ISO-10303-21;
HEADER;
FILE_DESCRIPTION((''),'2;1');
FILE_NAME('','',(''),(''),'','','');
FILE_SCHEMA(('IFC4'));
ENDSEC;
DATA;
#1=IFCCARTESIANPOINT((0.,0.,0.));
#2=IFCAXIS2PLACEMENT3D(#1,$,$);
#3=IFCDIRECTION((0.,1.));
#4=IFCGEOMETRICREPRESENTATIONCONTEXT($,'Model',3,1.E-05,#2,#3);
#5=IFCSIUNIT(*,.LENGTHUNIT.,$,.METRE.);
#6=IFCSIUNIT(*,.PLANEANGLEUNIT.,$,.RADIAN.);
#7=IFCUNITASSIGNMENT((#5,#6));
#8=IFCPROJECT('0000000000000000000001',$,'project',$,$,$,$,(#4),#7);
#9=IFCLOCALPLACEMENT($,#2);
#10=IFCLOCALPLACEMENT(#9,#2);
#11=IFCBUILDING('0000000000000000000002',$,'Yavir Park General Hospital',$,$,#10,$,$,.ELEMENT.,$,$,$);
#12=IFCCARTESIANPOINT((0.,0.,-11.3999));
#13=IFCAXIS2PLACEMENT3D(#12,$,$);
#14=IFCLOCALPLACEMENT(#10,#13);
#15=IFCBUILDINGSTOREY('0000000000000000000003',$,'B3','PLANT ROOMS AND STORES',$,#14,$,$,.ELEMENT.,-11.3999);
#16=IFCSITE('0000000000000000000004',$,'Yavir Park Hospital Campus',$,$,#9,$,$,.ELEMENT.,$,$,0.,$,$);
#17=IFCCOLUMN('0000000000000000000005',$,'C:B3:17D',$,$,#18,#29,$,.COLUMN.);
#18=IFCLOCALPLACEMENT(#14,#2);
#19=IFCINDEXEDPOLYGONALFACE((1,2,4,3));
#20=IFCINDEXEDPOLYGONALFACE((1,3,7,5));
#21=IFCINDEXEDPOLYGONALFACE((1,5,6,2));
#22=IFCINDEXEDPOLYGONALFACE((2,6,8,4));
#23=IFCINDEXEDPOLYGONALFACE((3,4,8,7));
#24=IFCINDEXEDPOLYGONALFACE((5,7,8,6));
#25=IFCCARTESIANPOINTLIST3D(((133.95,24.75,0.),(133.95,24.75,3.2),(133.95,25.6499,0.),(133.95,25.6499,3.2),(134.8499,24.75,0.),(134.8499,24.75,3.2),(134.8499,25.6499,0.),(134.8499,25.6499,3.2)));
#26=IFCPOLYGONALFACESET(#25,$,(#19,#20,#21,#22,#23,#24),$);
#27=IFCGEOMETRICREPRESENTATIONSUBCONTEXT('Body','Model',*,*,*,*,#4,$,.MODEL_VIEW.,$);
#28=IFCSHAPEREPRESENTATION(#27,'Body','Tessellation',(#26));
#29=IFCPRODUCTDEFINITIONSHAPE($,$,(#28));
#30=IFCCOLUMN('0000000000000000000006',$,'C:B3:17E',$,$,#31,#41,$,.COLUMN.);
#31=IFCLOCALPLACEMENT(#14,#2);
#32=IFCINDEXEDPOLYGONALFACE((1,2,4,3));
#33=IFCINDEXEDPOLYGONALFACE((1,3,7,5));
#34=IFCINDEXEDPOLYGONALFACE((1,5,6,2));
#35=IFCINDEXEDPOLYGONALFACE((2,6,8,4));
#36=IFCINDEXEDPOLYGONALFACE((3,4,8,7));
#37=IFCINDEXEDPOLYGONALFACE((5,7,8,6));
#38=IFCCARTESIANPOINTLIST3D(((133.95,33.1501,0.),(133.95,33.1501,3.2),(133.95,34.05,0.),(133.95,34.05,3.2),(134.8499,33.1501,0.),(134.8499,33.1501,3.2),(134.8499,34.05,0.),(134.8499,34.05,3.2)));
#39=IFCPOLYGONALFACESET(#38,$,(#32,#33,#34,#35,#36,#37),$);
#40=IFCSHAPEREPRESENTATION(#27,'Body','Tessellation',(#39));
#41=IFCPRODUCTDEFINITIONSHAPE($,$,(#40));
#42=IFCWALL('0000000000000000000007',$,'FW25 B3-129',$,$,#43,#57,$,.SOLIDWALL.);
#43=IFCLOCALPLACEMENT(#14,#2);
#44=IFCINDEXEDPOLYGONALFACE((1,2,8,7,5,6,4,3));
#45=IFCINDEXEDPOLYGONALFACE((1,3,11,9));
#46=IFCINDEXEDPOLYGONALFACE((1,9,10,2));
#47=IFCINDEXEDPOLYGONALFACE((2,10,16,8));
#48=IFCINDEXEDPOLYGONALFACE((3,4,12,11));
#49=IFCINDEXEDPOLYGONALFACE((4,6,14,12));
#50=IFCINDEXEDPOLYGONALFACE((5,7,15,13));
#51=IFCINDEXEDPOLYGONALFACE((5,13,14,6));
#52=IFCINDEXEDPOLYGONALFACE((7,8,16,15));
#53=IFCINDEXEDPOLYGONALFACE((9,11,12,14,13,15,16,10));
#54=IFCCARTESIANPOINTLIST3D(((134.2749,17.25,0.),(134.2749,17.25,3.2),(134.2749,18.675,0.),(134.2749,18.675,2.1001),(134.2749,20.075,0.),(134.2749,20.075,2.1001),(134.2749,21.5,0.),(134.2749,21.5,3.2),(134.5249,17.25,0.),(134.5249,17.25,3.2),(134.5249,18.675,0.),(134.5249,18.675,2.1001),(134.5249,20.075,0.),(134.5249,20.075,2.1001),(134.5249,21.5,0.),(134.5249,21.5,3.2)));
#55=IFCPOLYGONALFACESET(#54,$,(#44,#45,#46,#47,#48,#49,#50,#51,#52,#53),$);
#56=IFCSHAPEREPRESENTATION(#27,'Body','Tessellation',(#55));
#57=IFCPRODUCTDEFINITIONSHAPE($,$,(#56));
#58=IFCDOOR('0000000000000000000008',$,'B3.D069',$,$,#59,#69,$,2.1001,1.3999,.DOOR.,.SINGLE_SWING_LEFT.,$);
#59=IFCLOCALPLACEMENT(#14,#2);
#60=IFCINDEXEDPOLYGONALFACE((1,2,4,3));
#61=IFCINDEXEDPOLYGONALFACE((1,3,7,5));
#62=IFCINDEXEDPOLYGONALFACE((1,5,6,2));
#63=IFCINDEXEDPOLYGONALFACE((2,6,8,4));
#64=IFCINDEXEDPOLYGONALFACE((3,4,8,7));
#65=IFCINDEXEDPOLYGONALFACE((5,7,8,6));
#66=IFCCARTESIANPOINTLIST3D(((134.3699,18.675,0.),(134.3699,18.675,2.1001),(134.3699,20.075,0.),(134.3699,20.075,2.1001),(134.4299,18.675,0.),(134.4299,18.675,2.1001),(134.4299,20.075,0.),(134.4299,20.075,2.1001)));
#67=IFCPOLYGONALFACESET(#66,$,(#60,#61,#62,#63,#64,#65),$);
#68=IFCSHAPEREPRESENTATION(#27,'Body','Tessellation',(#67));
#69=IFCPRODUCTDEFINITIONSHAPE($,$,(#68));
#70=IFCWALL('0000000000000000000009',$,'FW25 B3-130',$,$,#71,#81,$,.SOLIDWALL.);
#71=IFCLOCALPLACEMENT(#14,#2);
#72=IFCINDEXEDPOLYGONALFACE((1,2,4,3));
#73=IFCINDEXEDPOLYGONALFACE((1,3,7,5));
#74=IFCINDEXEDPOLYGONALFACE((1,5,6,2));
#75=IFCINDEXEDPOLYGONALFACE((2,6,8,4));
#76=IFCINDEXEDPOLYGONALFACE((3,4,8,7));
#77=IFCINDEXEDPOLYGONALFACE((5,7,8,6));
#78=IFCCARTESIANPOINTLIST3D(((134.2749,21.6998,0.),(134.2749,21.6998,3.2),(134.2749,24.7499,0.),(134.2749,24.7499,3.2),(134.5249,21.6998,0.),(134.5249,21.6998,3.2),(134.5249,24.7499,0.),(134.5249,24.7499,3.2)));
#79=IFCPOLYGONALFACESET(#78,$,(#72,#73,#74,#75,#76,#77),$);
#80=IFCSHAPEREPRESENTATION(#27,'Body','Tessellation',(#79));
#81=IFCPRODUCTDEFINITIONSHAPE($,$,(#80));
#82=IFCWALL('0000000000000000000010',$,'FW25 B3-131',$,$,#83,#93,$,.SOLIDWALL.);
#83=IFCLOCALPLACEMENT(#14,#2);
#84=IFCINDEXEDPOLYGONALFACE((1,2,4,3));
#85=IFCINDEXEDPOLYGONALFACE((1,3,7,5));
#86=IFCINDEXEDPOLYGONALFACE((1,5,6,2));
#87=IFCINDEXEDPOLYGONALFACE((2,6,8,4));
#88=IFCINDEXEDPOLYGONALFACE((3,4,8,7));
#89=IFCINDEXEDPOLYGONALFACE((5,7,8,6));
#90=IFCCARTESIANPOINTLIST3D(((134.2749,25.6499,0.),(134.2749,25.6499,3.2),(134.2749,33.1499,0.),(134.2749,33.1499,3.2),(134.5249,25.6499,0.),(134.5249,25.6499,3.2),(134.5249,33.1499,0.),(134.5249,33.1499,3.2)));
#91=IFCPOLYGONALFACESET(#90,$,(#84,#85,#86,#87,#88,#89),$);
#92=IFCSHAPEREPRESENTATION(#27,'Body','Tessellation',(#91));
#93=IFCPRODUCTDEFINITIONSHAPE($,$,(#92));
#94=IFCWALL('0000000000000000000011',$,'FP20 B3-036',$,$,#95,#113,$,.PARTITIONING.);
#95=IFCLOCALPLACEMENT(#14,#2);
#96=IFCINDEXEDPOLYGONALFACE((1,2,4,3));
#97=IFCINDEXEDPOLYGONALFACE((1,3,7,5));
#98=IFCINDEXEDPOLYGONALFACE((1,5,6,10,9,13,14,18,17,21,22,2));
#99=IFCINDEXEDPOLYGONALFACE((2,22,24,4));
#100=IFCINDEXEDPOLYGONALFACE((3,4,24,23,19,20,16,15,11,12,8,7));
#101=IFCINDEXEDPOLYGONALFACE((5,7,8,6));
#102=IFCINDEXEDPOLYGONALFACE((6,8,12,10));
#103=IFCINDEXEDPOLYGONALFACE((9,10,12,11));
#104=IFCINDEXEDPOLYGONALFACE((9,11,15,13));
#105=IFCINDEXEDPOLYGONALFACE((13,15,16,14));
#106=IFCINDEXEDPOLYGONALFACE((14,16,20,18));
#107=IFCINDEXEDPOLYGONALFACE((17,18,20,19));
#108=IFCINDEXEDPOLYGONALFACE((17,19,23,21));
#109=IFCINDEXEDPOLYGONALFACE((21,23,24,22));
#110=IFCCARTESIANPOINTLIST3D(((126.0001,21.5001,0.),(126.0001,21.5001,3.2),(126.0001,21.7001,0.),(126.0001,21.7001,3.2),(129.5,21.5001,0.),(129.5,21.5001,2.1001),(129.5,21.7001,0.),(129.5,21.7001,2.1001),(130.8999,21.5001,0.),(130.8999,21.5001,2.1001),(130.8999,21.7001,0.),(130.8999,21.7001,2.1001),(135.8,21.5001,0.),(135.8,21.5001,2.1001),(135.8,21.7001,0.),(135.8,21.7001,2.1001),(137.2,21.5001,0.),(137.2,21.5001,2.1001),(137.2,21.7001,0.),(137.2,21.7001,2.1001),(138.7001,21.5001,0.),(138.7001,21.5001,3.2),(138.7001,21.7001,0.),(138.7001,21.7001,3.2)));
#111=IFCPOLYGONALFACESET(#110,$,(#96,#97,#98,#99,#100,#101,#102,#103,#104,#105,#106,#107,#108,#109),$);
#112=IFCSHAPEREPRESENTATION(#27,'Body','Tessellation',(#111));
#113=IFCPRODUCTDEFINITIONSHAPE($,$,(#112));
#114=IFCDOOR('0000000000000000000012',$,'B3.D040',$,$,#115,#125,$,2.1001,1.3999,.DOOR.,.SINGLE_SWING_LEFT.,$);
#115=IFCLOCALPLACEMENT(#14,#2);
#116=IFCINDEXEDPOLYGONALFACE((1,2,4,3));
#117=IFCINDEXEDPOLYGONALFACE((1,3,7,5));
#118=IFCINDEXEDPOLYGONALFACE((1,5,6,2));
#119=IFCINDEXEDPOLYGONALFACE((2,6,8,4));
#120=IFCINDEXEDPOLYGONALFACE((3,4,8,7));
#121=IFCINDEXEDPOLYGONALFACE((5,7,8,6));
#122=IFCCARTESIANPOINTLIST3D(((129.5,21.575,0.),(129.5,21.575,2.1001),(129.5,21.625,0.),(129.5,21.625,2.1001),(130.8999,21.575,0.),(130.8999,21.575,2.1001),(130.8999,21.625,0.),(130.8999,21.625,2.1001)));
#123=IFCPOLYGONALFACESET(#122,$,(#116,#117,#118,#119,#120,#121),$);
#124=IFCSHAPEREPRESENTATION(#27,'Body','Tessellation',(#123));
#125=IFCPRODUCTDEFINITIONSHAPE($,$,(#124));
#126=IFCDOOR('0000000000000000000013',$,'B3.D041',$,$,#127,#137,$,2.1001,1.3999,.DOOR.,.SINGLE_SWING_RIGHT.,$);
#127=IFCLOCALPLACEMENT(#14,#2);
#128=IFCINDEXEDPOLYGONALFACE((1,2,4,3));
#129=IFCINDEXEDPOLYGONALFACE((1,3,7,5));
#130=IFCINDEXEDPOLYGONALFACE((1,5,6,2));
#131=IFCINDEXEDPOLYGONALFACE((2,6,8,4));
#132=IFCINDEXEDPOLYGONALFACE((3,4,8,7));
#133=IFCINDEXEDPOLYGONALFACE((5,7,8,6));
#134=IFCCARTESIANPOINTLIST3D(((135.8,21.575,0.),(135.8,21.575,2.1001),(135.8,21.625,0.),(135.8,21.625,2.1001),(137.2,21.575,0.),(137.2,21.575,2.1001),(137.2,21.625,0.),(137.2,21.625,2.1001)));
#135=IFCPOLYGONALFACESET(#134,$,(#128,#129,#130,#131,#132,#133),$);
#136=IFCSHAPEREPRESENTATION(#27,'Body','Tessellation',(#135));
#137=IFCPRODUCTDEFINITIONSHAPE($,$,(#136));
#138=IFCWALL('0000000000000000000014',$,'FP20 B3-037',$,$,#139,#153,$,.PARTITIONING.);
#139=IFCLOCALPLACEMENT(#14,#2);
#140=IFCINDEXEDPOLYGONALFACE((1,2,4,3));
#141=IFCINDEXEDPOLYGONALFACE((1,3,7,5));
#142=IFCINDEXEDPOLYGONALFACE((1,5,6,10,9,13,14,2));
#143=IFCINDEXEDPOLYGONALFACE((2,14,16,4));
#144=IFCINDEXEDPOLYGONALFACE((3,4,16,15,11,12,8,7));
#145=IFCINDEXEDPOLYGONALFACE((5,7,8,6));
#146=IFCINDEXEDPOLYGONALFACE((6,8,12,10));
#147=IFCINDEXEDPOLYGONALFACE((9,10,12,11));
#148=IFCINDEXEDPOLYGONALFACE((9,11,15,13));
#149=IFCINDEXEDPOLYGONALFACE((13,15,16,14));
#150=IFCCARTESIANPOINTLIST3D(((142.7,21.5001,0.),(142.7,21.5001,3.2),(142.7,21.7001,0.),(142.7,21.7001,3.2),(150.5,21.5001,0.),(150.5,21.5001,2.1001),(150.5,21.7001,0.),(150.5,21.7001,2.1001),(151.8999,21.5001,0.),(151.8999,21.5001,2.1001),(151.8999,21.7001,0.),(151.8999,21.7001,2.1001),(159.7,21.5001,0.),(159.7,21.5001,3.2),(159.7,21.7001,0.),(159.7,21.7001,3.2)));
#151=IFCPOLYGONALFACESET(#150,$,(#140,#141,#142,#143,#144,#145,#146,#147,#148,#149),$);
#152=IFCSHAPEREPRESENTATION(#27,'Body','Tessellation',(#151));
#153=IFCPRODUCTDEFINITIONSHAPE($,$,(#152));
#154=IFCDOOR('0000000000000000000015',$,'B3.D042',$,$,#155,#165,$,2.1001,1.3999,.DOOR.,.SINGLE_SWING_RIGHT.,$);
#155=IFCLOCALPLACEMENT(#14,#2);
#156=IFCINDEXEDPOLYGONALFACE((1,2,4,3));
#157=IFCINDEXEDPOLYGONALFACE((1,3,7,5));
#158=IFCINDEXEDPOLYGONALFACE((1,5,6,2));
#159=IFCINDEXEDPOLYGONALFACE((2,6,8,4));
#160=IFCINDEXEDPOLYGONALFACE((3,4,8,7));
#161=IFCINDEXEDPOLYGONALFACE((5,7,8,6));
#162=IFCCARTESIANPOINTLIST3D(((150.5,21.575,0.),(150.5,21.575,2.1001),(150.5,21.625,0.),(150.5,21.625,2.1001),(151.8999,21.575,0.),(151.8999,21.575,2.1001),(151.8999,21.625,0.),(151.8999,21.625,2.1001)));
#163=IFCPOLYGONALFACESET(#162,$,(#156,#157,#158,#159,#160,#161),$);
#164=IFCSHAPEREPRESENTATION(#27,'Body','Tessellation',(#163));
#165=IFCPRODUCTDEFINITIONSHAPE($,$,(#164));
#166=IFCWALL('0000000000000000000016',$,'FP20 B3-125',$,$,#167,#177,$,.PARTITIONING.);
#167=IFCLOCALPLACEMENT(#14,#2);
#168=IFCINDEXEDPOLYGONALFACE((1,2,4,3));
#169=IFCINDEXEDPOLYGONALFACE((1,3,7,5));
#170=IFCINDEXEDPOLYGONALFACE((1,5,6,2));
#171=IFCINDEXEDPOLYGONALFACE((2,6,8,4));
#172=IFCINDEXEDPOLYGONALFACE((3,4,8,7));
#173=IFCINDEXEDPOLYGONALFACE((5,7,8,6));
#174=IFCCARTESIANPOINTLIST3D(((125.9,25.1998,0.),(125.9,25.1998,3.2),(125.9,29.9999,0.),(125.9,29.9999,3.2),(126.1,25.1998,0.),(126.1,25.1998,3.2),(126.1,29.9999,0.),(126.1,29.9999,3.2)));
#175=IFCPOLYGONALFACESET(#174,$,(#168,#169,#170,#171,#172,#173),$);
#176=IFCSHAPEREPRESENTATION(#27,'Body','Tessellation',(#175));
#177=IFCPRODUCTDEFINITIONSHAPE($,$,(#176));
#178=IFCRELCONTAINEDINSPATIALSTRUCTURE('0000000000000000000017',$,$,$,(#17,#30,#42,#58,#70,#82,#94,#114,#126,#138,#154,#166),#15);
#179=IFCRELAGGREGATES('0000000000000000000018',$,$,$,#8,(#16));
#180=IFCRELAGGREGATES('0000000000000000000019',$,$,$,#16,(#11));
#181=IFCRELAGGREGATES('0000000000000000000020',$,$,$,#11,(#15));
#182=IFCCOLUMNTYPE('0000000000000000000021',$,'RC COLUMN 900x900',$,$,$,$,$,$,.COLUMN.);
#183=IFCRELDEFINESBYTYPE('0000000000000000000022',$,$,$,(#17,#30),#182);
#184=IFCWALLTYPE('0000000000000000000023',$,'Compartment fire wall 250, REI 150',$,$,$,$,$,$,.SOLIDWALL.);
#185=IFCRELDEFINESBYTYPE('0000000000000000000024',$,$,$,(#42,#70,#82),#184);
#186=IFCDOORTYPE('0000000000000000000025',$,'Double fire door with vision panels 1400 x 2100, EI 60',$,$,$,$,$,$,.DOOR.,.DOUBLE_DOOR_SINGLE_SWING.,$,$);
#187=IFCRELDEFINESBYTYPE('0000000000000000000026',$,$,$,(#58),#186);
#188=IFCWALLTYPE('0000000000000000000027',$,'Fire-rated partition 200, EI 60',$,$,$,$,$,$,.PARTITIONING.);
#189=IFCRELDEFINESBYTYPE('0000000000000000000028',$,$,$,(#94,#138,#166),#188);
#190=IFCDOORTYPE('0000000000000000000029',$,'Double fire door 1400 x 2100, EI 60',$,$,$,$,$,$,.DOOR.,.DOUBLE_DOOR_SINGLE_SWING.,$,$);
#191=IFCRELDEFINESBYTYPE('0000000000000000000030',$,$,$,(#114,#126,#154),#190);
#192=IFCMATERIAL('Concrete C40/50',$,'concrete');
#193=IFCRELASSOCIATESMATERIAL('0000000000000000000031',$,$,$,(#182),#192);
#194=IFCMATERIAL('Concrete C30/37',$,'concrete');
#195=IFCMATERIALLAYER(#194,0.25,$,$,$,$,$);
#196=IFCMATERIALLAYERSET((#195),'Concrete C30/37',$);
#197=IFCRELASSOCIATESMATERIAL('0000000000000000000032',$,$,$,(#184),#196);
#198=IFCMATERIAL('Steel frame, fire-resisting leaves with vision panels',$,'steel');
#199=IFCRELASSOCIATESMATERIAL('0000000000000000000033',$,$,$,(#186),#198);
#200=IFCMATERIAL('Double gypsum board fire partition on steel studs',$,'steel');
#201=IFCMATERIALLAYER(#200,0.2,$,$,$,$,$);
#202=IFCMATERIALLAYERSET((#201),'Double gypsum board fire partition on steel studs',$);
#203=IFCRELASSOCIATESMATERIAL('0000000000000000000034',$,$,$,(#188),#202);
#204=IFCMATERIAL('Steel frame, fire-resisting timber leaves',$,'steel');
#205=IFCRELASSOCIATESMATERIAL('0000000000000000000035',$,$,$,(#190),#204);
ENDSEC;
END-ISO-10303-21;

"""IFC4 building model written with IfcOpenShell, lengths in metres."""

from ifc_helpers import new_model, si_unit, direction, frame, frame_2d, origin, origin_2d, place, context, subcontext, project, spatial, rectangle, extrude, material, layer, layer_set, material_profile, profile_set, type_object, element, fill, save


model = new_model("IFC4")

# Units and contexts
model_context = context("Model", 3, precision=1e-05, world=origin(), true_north=direction((0.0, 1.0)))
body_context = subcontext(model_context, "Body", "Model", "MODEL_VIEW")
ifc_project = project(units=[si_unit("LENGTHUNIT", "METRE"), si_unit("PLANEANGLEUNIT", "RADIAN")], contexts=[model_context])

# Site, building, storey
site_placement = place(None, origin())
site = spatial("IfcSite", under=ifc_project, at=site_placement, Name="Yavir Park Hospital Campus", CompositionType="ELEMENT", RefElevation=0.0)
building_placement = place(site_placement, origin())
building = spatial("IfcBuilding", under=site, at=building_placement, Name="Yavir Park General Hospital", CompositionType="ELEMENT")
storey_placement = place(building_placement, frame((0.0, 0.0, -11.3999)))
storey = spatial("IfcBuildingStorey", under=building, at=storey_placement, Name="B3", Description="PLANT ROOMS AND STORES", CompositionType="ELEMENT", Elevation=-11.3999)

# Columns
ifc_material_1 = material(Name="Concrete C40/50", Category="concrete")
ifc_material_profile = material_profile(ifc_material_1, rectangle(XDim=0.8999, YDim=0.8999, at=origin_2d()), Name="RC900x900")
ifc_profile_set = profile_set([ifc_material_profile], Name="Concrete C40/50")
column_type = type_object("IfcColumnType", Name="RC COLUMN 900x900", PredefinedType="COLUMN", material=ifc_profile_set)
for number, where, z_axis, x_axis, name in (
    (1, (134.3999, 25.2, 0.0), (0.0, 0.0, 1.0), (1.0, 0.0, 0.0), "C:B3:17D"),
    (2, (134.3999, 33.6001, 0.0), (0.0, 0.0, 1.0), (1.0, 0.0, 0.0), "C:B3:17E"),
):
    element("IfcColumn", number, at=place(storey_placement, frame(where, z_axis=z_axis, x_axis=x_axis)), inside=storey, type_object=column_type, Name=name, PredefinedType="COLUMN", context=body_context, shape_type="SweptSolid", body=[
        extrude(rectangle(XDim=0.8999, YDim=0.8999, at=origin_2d()), origin(), (0.0, 0.0, 1.0), 3.2),
    ])

# Wall, opening, door
ifc_material_2 = material(Name="Concrete C30/37", Category="concrete")
ifc_layer_1 = layer(ifc_material_2, 0.25)
ifc_layer_set_1 = layer_set([ifc_layer_1], Name="Concrete C30/37")
wall_type_1 = type_object("IfcWallType", Name="Compartment fire wall 250, REI 150", PredefinedType="SOLIDWALL", material=ifc_layer_set_1)
wall_1_placement = place(storey_placement, frame((134.3999, 17.25, 0.0), z_axis=(0.0, 0.0, 1.0), x_axis=(0.0, 1.0, 0.0)))
wall_1 = element("IfcWall", 3, at=wall_1_placement, inside=storey, type_object=wall_type_1, Name="FW25 B3-129", PredefinedType="SOLIDWALL", context=body_context, shape_type="SweptSolid", body=[
    extrude(rectangle(XDim=4.25, YDim=0.25, at=frame_2d((2.125, 0.0))), origin(), (0.0, 0.0, 1.0), 3.2),
])
opening_1_placement = place(wall_1_placement, frame((1.425, 0.0, 0.0)))
opening_1 = element("IfcOpeningElement", 4, at=opening_1_placement, cuts=wall_1, PredefinedType="OPENING", context=body_context, shape_type="SweptSolid", body=[
    extrude(rectangle(XDim=1.3999, YDim=2.1001, at=frame_2d((0.7, 1.05))), frame((0.0, 0.135, 0.0), z_axis=(0.0, -1.0, 0.0), x_axis=(1.0, 0.0, 0.0)), (0.0, 0.0, 1.0), 0.27),
])
ifc_material_3 = material(Name="Steel frame, fire-resisting leaves with vision panels", Category="steel")
door_type_1 = type_object("IfcDoorType", Name="Double fire door with vision panels 1400 x 2100, EI 60", OperationType="DOUBLE_DOOR_SINGLE_SWING", PredefinedType="DOOR", material=ifc_material_3)
door_1_placement = place(opening_1_placement, origin())
door_1 = element("IfcDoor", 5, at=door_1_placement, inside=storey, type_object=door_type_1, Name="B3.D069", OperationType="SINGLE_SWING_LEFT", OverallHeight=2.1001, OverallWidth=1.3999, PredefinedType="DOOR", context=body_context, shape_type="SweptSolid", body=[
    extrude(rectangle(XDim=1.3999, YDim=2.1001, at=frame_2d((0.7, 1.05))), frame((0.0, 0.03, 0.0), z_axis=(0.0, -1.0, 0.0), x_axis=(1.0, 0.0, 0.0)), (0.0, 0.0, 1.0), 0.0601),
])
fill(opening_1, door_1)

# Walls
wall_2_placement = place(storey_placement, frame((134.3999, 21.7, 0.0), z_axis=(0.0, 0.0, 1.0), x_axis=(0.0, 1.0, 0.0)))
element("IfcWall", 6, at=wall_2_placement, inside=storey, type_object=wall_type_1, Name="FW25 B3-130", PredefinedType="SOLIDWALL", context=body_context, shape_type="SweptSolid", body=[
    extrude(rectangle(XDim=3.05, YDim=0.25, at=frame_2d((1.5249, 0.0))), origin(), (0.0, 0.0, 1.0), 3.2),
])
wall_3_placement = place(storey_placement, frame((134.3999, 25.6499, 0.0), z_axis=(0.0, 0.0, 1.0), x_axis=(0.0, 1.0, 0.0)))
element("IfcWall", 7, at=wall_3_placement, inside=storey, type_object=wall_type_1, Name="FW25 B3-131", PredefinedType="SOLIDWALL", context=body_context, shape_type="SweptSolid", body=[
    extrude(rectangle(XDim=7.5, YDim=0.25, at=frame_2d((3.75, 0.0))), origin(), (0.0, 0.0, 1.0), 3.2),
])

# Wall, openings, doors
ifc_material_4 = material(Name="Double gypsum board fire partition on steel studs", Category="steel")
ifc_layer_2 = layer(ifc_material_4, 0.2)
ifc_layer_set_2 = layer_set([ifc_layer_2], Name="Double gypsum board fire partition on steel studs")
wall_type_2 = type_object("IfcWallType", Name="Fire-rated partition 200, EI 60", PredefinedType="PARTITIONING", material=ifc_layer_set_2)
wall_4_placement = place(storey_placement, frame((126.0, 21.6001, 0.0), z_axis=(0.0, 0.0, 1.0), x_axis=(1.0, 0.0, 0.0)))
wall_4 = element("IfcWall", 8, at=wall_4_placement, inside=storey, type_object=wall_type_2, Name="FP20 B3-036", PredefinedType="PARTITIONING", context=body_context, shape_type="SweptSolid", body=[
    extrude(rectangle(XDim=12.7, YDim=0.2, at=frame_2d((6.3501, 0.0))), origin(), (0.0, 0.0, 1.0), 3.2),
])
opening_2_placement = place(wall_4_placement, frame((3.5, 0.0, 0.0)))
opening_2 = element("IfcOpeningElement", 9, at=opening_2_placement, cuts=wall_4, PredefinedType="OPENING", context=body_context, shape_type="SweptSolid", body=[
    extrude(rectangle(XDim=1.3999, YDim=2.1001, at=frame_2d((0.7, 1.05))), frame((0.0, 0.1099, 0.0), z_axis=(0.0, -1.0, 0.0), x_axis=(1.0, 0.0, 0.0)), (0.0, 0.0, 1.0), 0.22),
])
opening_3_placement = place(wall_4_placement, frame((9.8, 0.0, 0.0)))
opening_3 = element("IfcOpeningElement", 10, at=opening_3_placement, cuts=wall_4, PredefinedType="OPENING", context=body_context, shape_type="SweptSolid", body=[
    extrude(rectangle(XDim=1.3999, YDim=2.1001, at=frame_2d((0.7, 1.05))), frame((0.0, 0.1099, 0.0), z_axis=(0.0, -1.0, 0.0), x_axis=(1.0, 0.0, 0.0)), (0.0, 0.0, 1.0), 0.22),
])
ifc_material_5 = material(Name="Steel frame, fire-resisting timber leaves", Category="steel")
door_type_2 = type_object("IfcDoorType", Name="Double fire door 1400 x 2100, EI 60", OperationType="DOUBLE_DOOR_SINGLE_SWING", PredefinedType="DOOR", material=ifc_material_5)
door_2_placement = place(opening_2_placement, origin())
door_2 = element("IfcDoor", 11, at=door_2_placement, inside=storey, type_object=door_type_2, Name="B3.D040", OperationType="SINGLE_SWING_LEFT", OverallHeight=2.1001, OverallWidth=1.3999, PredefinedType="DOOR", context=body_context, shape_type="SweptSolid", body=[
    extrude(rectangle(XDim=1.3999, YDim=2.1001, at=frame_2d((0.7, 1.05))), frame((0.0, 0.0249, 0.0), z_axis=(0.0, -1.0, 0.0), x_axis=(1.0, 0.0, 0.0)), (0.0, 0.0, 1.0), 0.05),
])
fill(opening_2, door_2)
door_3_placement = place(opening_3_placement, origin())
door_3 = element("IfcDoor", 12, at=door_3_placement, inside=storey, type_object=door_type_2, Name="B3.D041", OperationType="SINGLE_SWING_RIGHT", OverallHeight=2.1001, OverallWidth=1.3999, PredefinedType="DOOR", context=body_context, shape_type="SweptSolid", body=[
    extrude(rectangle(XDim=1.3999, YDim=2.1001, at=frame_2d((0.7, 1.05))), frame((0.0, 0.0249, 0.0), z_axis=(0.0, -1.0, 0.0), x_axis=(1.0, 0.0, 0.0)), (0.0, 0.0, 1.0), 0.05),
])
fill(opening_3, door_3)

# Wall, opening, door
wall_5_placement = place(storey_placement, frame((142.7, 21.6001, 0.0), z_axis=(0.0, 0.0, 1.0), x_axis=(1.0, 0.0, 0.0)))
wall_5 = element("IfcWall", 13, at=wall_5_placement, inside=storey, type_object=wall_type_2, Name="FP20 B3-037", PredefinedType="PARTITIONING", context=body_context, shape_type="SweptSolid", body=[
    extrude(rectangle(XDim=17.0, YDim=0.2, at=frame_2d((8.5, 0.0))), origin(), (0.0, 0.0, 1.0), 3.2),
])
opening_4_placement = place(wall_5_placement, frame((7.8, 0.0, 0.0)))
opening_4 = element("IfcOpeningElement", 14, at=opening_4_placement, cuts=wall_5, PredefinedType="OPENING", context=body_context, shape_type="SweptSolid", body=[
    extrude(rectangle(XDim=1.3999, YDim=2.1001, at=frame_2d((0.7, 1.05))), frame((0.0, 0.1099, 0.0), z_axis=(0.0, -1.0, 0.0), x_axis=(1.0, 0.0, 0.0)), (0.0, 0.0, 1.0), 0.22),
])
door_4_placement = place(opening_4_placement, origin())
door_4 = element("IfcDoor", 15, at=door_4_placement, inside=storey, type_object=door_type_2, Name="B3.D042", OperationType="SINGLE_SWING_RIGHT", OverallHeight=2.1001, OverallWidth=1.3999, PredefinedType="DOOR", context=body_context, shape_type="SweptSolid", body=[
    extrude(rectangle(XDim=1.3999, YDim=2.1001, at=frame_2d((0.7, 1.05))), frame((0.0, 0.0249, 0.0), z_axis=(0.0, -1.0, 0.0), x_axis=(1.0, 0.0, 0.0)), (0.0, 0.0, 1.0), 0.05),
])
fill(opening_4, door_4)

# Wall
wall_6_placement = place(storey_placement, frame((126.0, 25.2, 0.0), z_axis=(0.0, 0.0, 1.0), x_axis=(0.0, 1.0, 0.0)))
element("IfcWall", 16, at=wall_6_placement, inside=storey, type_object=wall_type_2, Name="FP20 B3-125", PredefinedType="PARTITIONING", context=body_context, shape_type="SweptSolid", body=[
    extrude(rectangle(XDim=4.8, YDim=0.2, at=frame_2d((2.3999, 0.0))), origin(), (0.0, 0.0, 1.0), 3.2),
])

save(model, "model.ifc")
